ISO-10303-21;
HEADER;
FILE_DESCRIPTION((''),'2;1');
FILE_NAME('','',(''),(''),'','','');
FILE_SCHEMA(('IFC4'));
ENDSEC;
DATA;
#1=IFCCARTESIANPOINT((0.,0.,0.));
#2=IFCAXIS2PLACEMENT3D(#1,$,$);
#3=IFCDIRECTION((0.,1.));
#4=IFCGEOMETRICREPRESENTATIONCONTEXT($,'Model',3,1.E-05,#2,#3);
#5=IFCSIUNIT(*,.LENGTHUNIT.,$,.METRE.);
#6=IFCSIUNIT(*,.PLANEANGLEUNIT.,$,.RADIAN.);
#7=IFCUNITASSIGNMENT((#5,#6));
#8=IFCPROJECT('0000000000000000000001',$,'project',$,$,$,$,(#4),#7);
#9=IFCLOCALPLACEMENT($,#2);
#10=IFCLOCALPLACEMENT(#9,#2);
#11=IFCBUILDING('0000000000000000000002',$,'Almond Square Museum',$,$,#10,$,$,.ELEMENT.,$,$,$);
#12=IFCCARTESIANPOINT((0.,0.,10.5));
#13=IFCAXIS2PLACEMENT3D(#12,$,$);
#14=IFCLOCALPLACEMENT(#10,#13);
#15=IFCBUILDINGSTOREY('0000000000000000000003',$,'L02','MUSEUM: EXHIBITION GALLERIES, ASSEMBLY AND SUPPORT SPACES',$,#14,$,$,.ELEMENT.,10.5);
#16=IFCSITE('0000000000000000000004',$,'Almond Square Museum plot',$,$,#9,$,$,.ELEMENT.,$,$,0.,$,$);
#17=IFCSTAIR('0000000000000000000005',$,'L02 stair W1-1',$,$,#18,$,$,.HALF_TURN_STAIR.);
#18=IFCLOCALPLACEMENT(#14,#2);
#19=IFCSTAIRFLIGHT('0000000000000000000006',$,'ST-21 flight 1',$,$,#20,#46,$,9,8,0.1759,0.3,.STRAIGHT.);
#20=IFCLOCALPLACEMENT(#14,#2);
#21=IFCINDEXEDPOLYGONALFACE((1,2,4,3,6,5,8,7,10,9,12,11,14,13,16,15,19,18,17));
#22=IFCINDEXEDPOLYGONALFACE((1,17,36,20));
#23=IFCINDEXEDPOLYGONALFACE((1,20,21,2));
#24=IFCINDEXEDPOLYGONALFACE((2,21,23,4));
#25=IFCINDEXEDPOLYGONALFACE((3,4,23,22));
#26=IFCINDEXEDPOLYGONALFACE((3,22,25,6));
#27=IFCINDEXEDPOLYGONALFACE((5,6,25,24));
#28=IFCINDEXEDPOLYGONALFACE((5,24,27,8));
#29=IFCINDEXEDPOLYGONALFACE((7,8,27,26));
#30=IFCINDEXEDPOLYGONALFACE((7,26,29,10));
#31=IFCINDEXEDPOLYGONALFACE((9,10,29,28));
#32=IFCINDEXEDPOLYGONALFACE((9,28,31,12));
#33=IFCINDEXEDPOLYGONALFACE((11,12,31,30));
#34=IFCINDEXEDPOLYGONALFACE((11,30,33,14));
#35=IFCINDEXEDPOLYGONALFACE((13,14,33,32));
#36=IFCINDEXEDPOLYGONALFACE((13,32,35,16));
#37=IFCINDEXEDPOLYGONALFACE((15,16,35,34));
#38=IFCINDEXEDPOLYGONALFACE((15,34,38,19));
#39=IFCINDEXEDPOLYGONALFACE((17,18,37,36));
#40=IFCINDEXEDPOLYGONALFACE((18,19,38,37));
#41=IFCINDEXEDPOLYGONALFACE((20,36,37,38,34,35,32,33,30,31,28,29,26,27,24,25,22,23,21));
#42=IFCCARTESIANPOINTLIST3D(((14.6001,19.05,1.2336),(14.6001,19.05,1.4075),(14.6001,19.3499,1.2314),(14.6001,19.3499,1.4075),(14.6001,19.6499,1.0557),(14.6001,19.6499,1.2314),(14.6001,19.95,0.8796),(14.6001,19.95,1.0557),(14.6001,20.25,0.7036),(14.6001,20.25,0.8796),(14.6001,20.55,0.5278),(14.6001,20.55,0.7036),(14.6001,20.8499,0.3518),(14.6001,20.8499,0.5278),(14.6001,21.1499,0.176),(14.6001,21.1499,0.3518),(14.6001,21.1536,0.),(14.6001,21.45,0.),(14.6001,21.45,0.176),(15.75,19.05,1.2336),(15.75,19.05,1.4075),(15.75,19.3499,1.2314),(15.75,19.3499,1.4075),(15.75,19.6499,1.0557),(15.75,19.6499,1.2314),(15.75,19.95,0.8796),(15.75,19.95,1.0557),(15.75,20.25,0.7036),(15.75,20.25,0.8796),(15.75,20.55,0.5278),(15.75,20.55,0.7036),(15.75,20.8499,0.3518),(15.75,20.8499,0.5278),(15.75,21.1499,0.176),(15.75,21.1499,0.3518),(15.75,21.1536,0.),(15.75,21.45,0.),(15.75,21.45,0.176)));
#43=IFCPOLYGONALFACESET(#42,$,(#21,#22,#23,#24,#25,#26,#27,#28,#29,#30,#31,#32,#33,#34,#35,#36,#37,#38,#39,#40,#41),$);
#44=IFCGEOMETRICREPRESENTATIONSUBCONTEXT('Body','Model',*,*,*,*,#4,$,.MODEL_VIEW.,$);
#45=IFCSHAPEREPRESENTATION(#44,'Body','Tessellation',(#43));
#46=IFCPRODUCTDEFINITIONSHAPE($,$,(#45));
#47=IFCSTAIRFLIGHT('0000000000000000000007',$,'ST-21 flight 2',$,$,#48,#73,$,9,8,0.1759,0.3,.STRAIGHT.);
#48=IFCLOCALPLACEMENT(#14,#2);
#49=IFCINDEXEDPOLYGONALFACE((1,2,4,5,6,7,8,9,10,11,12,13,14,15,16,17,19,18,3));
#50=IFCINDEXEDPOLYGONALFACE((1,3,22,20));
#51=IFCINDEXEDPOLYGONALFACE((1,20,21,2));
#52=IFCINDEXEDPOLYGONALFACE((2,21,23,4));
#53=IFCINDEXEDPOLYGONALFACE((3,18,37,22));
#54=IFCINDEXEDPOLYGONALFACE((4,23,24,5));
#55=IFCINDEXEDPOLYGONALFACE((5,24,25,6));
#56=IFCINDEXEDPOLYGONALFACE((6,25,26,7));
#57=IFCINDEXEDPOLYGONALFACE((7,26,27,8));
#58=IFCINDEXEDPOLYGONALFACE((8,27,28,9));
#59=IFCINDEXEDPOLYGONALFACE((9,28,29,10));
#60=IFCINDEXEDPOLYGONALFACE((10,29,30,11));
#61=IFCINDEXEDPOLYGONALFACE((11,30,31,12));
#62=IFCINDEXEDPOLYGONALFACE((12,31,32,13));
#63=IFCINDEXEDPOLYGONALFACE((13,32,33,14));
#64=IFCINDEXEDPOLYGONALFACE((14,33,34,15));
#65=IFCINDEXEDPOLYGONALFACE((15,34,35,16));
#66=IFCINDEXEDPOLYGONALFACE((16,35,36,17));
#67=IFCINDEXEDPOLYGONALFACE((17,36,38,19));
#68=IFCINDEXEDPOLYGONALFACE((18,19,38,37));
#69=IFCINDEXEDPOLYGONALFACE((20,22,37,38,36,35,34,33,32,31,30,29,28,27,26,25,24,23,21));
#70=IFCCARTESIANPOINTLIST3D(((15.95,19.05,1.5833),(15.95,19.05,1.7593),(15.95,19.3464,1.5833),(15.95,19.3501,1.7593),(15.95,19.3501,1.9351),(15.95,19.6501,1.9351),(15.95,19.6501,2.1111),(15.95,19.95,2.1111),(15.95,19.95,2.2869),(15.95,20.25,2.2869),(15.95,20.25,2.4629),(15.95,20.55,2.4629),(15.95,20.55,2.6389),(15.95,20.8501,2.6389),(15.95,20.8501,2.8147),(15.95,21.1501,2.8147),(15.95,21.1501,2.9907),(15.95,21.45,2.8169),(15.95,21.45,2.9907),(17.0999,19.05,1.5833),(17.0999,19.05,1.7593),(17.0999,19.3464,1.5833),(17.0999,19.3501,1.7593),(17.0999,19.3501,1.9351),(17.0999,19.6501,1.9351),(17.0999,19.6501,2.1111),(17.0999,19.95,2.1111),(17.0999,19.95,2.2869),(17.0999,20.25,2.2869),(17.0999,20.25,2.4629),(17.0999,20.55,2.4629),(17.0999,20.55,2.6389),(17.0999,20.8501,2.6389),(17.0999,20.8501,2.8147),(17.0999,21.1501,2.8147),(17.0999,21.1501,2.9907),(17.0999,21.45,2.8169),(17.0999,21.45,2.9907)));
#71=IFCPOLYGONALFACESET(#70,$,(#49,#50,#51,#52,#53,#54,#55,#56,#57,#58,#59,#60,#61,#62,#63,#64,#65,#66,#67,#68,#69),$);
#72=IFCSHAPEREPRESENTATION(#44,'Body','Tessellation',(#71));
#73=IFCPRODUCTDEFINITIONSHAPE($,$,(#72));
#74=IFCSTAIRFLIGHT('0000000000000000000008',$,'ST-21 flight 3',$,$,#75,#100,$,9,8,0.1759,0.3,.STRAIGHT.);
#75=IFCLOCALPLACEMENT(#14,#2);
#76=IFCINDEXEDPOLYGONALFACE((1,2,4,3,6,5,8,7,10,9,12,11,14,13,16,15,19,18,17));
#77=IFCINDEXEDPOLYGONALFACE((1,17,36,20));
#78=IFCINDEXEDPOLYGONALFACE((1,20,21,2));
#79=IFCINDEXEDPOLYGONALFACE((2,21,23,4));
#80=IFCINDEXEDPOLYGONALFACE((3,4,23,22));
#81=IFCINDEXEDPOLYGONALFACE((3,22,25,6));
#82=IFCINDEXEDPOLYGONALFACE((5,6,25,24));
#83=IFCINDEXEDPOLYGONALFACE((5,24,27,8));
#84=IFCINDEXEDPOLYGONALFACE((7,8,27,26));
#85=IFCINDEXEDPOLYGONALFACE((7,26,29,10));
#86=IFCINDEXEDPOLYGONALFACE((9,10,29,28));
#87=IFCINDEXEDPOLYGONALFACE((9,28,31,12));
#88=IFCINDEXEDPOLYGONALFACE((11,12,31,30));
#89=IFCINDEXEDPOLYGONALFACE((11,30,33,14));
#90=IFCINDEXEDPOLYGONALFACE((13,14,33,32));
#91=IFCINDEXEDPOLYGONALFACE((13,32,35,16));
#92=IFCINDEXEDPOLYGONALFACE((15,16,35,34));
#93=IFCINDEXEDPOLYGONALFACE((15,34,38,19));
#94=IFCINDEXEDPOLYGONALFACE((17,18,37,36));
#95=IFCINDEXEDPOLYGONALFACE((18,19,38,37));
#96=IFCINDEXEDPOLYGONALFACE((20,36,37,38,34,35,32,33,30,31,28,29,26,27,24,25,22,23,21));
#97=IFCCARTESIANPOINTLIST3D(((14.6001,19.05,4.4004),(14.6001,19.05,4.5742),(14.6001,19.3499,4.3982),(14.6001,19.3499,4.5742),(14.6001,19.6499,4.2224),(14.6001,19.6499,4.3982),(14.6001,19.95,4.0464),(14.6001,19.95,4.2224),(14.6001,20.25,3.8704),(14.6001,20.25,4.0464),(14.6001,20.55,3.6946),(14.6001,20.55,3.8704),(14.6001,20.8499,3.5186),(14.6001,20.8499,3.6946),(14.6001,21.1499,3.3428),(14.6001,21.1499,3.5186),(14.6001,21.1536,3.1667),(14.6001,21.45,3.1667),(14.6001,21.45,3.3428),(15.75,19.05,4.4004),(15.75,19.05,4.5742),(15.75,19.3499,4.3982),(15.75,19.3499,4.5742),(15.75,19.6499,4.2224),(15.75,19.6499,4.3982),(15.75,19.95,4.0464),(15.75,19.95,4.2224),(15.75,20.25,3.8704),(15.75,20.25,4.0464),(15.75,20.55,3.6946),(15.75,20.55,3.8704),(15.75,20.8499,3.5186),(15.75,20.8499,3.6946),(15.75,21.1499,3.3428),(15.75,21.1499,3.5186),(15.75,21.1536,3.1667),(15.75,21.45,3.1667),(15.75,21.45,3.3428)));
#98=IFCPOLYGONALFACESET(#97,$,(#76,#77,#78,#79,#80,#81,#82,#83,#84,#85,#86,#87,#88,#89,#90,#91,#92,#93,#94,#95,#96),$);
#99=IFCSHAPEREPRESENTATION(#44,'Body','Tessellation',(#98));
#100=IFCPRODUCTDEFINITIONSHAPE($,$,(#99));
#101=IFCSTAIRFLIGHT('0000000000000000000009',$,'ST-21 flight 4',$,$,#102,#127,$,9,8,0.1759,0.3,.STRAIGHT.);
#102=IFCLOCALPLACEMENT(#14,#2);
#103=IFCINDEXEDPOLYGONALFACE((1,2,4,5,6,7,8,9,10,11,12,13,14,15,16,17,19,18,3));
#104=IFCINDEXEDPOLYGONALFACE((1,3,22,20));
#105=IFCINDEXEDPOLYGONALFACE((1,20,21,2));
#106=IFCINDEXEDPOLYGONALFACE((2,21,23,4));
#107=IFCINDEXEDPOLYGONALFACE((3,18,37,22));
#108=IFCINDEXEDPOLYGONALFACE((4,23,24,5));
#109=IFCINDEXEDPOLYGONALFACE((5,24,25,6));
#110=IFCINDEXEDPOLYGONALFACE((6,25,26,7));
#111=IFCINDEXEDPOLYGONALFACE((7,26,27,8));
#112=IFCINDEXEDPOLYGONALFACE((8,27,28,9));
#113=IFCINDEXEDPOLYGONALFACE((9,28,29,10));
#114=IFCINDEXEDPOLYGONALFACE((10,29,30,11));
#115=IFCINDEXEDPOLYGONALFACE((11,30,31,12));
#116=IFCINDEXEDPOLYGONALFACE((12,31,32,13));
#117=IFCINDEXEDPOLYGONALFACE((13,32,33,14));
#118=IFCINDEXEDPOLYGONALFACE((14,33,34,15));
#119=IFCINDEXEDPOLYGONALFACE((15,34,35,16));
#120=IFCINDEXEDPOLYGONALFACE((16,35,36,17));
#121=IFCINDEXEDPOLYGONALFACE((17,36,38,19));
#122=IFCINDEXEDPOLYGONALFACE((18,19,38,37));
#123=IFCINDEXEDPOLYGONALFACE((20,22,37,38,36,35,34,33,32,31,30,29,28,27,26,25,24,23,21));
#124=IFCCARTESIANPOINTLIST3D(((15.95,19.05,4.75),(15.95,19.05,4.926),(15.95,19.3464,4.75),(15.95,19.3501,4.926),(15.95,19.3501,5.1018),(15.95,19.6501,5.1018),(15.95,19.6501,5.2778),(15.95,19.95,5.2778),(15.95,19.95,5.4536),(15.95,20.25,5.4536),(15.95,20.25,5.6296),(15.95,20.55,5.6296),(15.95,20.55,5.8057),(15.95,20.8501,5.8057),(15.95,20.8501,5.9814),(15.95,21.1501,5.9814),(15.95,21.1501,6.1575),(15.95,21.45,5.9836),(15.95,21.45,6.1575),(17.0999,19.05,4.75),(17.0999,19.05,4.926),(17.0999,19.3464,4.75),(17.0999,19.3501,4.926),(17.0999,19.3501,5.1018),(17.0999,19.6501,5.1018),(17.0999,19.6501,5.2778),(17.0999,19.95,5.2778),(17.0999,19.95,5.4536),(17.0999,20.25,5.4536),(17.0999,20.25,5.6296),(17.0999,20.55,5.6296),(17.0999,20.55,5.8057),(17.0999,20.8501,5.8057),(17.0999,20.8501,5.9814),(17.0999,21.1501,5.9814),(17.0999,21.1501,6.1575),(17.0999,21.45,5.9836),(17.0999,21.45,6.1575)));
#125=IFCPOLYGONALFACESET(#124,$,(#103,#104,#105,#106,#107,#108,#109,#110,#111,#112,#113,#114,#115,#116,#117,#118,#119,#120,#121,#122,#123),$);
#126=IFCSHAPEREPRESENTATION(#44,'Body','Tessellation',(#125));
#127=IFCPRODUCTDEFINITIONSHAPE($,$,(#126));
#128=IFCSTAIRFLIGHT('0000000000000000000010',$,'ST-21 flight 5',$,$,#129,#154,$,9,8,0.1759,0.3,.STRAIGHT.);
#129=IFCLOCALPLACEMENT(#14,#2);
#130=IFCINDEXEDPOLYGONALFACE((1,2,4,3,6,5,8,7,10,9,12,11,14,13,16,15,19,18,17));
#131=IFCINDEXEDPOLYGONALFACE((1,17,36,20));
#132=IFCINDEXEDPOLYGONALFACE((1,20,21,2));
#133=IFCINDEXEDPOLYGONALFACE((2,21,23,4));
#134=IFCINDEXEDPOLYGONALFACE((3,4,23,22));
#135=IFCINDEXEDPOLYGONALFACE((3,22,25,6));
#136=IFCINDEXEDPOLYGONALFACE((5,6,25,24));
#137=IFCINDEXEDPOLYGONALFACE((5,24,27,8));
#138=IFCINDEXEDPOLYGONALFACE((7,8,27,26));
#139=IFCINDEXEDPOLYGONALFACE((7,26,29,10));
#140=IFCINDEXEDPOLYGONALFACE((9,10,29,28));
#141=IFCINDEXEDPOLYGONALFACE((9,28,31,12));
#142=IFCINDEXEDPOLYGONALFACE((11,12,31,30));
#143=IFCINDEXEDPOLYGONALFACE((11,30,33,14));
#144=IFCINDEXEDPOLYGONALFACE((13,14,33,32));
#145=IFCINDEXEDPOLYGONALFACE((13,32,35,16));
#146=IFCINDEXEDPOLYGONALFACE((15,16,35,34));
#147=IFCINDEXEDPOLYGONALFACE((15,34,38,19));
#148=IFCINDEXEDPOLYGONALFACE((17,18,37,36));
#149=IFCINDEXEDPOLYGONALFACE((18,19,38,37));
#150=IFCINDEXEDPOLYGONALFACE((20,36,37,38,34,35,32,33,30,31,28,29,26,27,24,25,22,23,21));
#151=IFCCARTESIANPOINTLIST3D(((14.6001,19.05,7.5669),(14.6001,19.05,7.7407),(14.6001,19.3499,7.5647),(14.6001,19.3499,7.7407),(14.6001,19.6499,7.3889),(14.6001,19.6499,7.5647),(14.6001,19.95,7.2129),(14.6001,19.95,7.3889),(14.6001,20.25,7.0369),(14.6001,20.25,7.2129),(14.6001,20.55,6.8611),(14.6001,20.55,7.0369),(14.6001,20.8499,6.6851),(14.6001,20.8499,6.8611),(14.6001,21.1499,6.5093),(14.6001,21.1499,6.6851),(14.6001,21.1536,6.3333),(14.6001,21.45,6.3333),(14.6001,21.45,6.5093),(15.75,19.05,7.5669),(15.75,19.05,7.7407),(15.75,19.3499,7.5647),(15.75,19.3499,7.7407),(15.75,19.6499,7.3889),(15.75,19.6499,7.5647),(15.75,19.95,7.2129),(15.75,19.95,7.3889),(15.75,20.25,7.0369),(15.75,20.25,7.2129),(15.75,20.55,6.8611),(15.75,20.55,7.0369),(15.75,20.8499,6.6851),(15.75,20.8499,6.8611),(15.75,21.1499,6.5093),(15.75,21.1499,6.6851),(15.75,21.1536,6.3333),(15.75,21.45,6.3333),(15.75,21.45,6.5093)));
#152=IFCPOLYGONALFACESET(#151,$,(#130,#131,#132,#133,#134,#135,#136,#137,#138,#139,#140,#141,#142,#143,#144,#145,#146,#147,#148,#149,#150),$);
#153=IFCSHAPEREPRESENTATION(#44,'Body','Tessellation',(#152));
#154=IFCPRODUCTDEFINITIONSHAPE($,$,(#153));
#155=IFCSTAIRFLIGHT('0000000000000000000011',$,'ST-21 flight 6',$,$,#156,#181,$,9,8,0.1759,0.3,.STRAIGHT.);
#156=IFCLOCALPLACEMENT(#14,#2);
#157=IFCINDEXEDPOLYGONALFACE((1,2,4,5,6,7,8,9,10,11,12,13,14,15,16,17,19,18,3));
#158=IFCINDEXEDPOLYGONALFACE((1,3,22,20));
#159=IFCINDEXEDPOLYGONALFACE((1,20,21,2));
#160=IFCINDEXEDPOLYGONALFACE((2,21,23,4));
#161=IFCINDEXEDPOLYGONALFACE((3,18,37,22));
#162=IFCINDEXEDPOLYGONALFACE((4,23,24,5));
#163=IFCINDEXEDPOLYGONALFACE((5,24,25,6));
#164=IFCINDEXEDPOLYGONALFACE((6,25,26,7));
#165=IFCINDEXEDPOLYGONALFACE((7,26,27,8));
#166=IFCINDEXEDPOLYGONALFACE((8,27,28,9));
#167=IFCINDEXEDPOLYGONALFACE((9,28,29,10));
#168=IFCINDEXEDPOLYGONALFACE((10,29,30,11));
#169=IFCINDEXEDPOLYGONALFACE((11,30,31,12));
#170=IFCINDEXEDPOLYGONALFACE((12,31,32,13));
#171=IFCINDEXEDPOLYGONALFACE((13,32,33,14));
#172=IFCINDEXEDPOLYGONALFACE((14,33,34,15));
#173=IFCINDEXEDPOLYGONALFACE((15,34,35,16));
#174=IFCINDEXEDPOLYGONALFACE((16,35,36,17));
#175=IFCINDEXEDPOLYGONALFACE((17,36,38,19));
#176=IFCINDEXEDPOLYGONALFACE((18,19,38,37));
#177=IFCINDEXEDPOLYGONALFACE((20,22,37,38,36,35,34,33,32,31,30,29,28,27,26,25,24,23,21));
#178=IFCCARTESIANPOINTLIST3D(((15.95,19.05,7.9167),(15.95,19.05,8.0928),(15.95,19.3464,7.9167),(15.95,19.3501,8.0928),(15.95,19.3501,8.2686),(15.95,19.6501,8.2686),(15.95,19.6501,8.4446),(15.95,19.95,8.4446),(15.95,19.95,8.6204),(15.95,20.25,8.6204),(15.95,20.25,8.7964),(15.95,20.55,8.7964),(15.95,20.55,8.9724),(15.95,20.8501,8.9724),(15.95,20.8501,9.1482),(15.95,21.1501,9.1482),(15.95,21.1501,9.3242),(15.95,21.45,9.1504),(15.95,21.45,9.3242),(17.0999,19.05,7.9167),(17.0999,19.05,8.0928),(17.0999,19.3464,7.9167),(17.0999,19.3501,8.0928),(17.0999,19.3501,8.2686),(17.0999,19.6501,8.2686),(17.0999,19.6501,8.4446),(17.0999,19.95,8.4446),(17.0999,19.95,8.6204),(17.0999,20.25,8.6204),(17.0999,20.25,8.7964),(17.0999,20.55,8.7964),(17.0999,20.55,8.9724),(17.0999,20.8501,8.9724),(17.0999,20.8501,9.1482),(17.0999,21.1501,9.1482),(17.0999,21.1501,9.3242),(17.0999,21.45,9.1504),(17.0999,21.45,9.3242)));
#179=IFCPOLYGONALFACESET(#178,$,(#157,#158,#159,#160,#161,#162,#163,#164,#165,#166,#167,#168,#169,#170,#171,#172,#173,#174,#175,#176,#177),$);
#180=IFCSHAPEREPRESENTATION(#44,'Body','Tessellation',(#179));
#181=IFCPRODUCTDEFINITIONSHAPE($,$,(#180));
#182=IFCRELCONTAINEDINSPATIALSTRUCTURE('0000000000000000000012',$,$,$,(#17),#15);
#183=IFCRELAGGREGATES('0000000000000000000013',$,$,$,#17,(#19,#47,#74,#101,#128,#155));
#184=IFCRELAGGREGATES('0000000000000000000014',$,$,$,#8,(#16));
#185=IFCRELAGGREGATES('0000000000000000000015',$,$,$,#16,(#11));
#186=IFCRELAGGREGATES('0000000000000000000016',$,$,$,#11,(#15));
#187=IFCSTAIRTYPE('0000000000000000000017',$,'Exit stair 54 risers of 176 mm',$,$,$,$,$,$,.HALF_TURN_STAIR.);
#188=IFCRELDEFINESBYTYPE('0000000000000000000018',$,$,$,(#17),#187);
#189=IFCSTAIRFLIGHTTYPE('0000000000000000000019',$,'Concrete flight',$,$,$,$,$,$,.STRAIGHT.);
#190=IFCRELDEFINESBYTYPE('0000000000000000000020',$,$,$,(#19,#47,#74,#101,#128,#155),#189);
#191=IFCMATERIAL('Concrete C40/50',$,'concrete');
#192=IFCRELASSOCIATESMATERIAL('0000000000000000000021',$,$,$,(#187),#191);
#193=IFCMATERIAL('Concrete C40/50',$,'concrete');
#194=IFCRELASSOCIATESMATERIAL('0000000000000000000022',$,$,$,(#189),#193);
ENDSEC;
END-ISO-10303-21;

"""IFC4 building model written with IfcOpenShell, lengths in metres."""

from ifc_helpers import new_model, si_unit, direction, frame, origin, place, context, subcontext, project, spatial, polyline, outline, extrude, material, type_object, element, aggregate, save


model = new_model("IFC4")

# Units and contexts
model_context = context("Model", 3, precision=1e-05, world=origin(), true_north=direction((0.0, 1.0)))
body_context = subcontext(model_context, "Body", "Model", "MODEL_VIEW")
ifc_project = project(units=[si_unit("LENGTHUNIT", "METRE"), si_unit("PLANEANGLEUNIT", "RADIAN")], contexts=[model_context])

# Site, building, storey
site_placement = place(None, origin())
site = spatial("IfcSite", under=ifc_project, at=site_placement, Name="Almond Square Museum plot", CompositionType="ELEMENT", RefElevation=0.0)
building_placement = place(site_placement, origin())
building = spatial("IfcBuilding", under=site, at=building_placement, Name="Almond Square Museum", CompositionType="ELEMENT")
storey_placement = place(building_placement, frame((0.0, 0.0, 10.5)))
storey = spatial("IfcBuildingStorey", under=building, at=storey_placement, Name="L02", Description="MUSEUM: EXHIBITION GALLERIES, ASSEMBLY AND SUPPORT SPACES", CompositionType="ELEMENT", Elevation=10.5)

# Stair, stair flights
ifc_material_1 = material(Name="Concrete C40/50", Category="concrete")
stair_type = type_object("IfcStairType", Name="Exit stair 54 risers of 176 mm", PredefinedType="HALF_TURN_STAIR", material=ifc_material_1)
stair_placement = place(storey_placement, origin())
stair = element("IfcStair", 1, at=stair_placement, inside=storey, type_object=stair_type, Name="L02 stair W1-1", PredefinedType="HALF_TURN_STAIR")
ifc_material_2 = material(Name="Concrete C40/50", Category="concrete")
stair_flight_type = type_object("IfcStairFlightType", Name="Concrete flight", PredefinedType="STRAIGHT", material=ifc_material_2)
stair_flight_1_placement = place(storey_placement, frame((15.175, 21.45, 0.0), z_axis=(0.0, 0.0, 1.0), x_axis=(0.0, -1.0, 0.0)))
stair_flight_1 = element("IfcStairFlight", 2, at=stair_flight_1_placement, type_object=stair_flight_type, Name="ST-21 flight 1", NumberOfRisers=9, NumberOfTreads=8, PredefinedType="STRAIGHT", RiserHeight=0.1759, TreadLength=0.3, context=body_context, shape_type="SweptSolid", body=[
    extrude(outline(polyline([(0.0, 0.0), (0.0, 0.176), (0.3, 0.176), (0.3, 0.3518), (0.6001, 0.3518), (0.6001, 0.5278), (0.8999, 0.5278), (0.8999, 0.7036), (1.2, 0.7036), (1.2, 0.8796), (1.5, 0.8796), (1.5, 1.0557), (1.8, 1.0557), (1.8, 1.2314), (2.1001, 1.2314), (2.1001, 1.4075), (2.3999, 1.4075), (2.3999, 1.5833), (2.3999, 1.2336), (0.2964, 0.0), (0.0, 0.0)])), frame((0.0, 0.575, 0.0), z_axis=(0.0, -1.0, 0.0), x_axis=(1.0, 0.0, 0.0)), (0.0, 0.0, 1.0), 1.1499),
])
stair_flight_2_placement = place(storey_placement, frame((16.5249, 19.05, 1.5833), z_axis=(0.0, 0.0, 1.0), x_axis=(0.0, 1.0, 0.0)))
stair_flight_2 = element("IfcStairFlight", 3, at=stair_flight_2_placement, type_object=stair_flight_type, Name="ST-21 flight 2", NumberOfRisers=9, NumberOfTreads=8, PredefinedType="STRAIGHT", RiserHeight=0.1759, TreadLength=0.3, context=body_context, shape_type="SweptSolid", body=[
    extrude(outline(polyline([(0.0, 0.0), (0.0, 0.176), (0.3, 0.176), (0.3, 0.3518), (0.6001, 0.3518), (0.6001, 0.5278), (0.8999, 0.5278), (0.8999, 0.7036), (1.2, 0.7036), (1.2, 0.8796), (1.5, 0.8796), (1.5, 1.0557), (1.8, 1.0557), (1.8, 1.2314), (2.1001, 1.2314), (2.1001, 1.4075), (2.3999, 1.4075), (2.3999, 1.5833), (2.3999, 1.2336), (0.2964, 0.0), (0.0, 0.0)])), frame((0.0, 0.575, 0.0), z_axis=(0.0, -1.0, 0.0), x_axis=(1.0, 0.0, 0.0)), (0.0, 0.0, 1.0), 1.1499),
])
stair_flight_3_placement = place(storey_placement, frame((15.175, 21.45, 3.1667), z_axis=(0.0, 0.0, 1.0), x_axis=(0.0, -1.0, 0.0)))
stair_flight_3 = element("IfcStairFlight", 4, at=stair_flight_3_placement, type_object=stair_flight_type, Name="ST-21 flight 3", NumberOfRisers=9, NumberOfTreads=8, PredefinedType="STRAIGHT", RiserHeight=0.1759, TreadLength=0.3, context=body_context, shape_type="SweptSolid", body=[
    extrude(outline(polyline([(0.0, 0.0), (0.0, 0.176), (0.3, 0.176), (0.3, 0.3518), (0.6001, 0.3518), (0.6001, 0.5278), (0.8999, 0.5278), (0.8999, 0.7036), (1.2, 0.7036), (1.2, 0.8796), (1.5, 0.8796), (1.5, 1.0557), (1.8, 1.0557), (1.8, 1.2314), (2.1001, 1.2314), (2.1001, 1.4075), (2.3999, 1.4075), (2.3999, 1.5833), (2.3999, 1.2336), (0.2964, 0.0), (0.0, 0.0)])), frame((0.0, 0.575, 0.0), z_axis=(0.0, -1.0, 0.0), x_axis=(1.0, 0.0, 0.0)), (0.0, 0.0, 1.0), 1.1499),
])
stair_flight_4_placement = place(storey_placement, frame((16.5249, 19.05, 4.75), z_axis=(0.0, 0.0, 1.0), x_axis=(0.0, 1.0, 0.0)))
stair_flight_4 = element("IfcStairFlight", 5, at=stair_flight_4_placement, type_object=stair_flight_type, Name="ST-21 flight 4", NumberOfRisers=9, NumberOfTreads=8, PredefinedType="STRAIGHT", RiserHeight=0.1759, TreadLength=0.3, context=body_context, shape_type="SweptSolid", body=[
    extrude(outline(polyline([(0.0, 0.0), (0.0, 0.176), (0.3, 0.176), (0.3, 0.3518), (0.6001, 0.3518), (0.6001, 0.5278), (0.8999, 0.5278), (0.8999, 0.7036), (1.2, 0.7036), (1.2, 0.8796), (1.5, 0.8796), (1.5, 1.0557), (1.8, 1.0557), (1.8, 1.2314), (2.1001, 1.2314), (2.1001, 1.4075), (2.3999, 1.4075), (2.3999, 1.5833), (2.3999, 1.2336), (0.2964, 0.0), (0.0, 0.0)])), frame((0.0, 0.575, 0.0), z_axis=(0.0, -1.0, 0.0), x_axis=(1.0, 0.0, 0.0)), (0.0, 0.0, 1.0), 1.1499),
])
stair_flight_5_placement = place(storey_placement, frame((15.175, 21.45, 6.3333), z_axis=(0.0, 0.0, 1.0), x_axis=(0.0, -1.0, 0.0)))
stair_flight_5 = element("IfcStairFlight", 6, at=stair_flight_5_placement, type_object=stair_flight_type, Name="ST-21 flight 5", NumberOfRisers=9, NumberOfTreads=8, PredefinedType="STRAIGHT", RiserHeight=0.1759, TreadLength=0.3, context=body_context, shape_type="SweptSolid", body=[
    extrude(outline(polyline([(0.0, 0.0), (0.0, 0.176), (0.3, 0.176), (0.3, 0.3518), (0.6001, 0.3518), (0.6001, 0.5278), (0.8999, 0.5278), (0.8999, 0.7036), (1.2, 0.7036), (1.2, 0.8796), (1.5, 0.8796), (1.5, 1.0557), (1.8, 1.0557), (1.8, 1.2314), (2.1001, 1.2314), (2.1001, 1.4075), (2.3999, 1.4075), (2.3999, 1.5833), (2.3999, 1.2336), (0.2964, 0.0), (0.0, 0.0)])), frame((0.0, 0.575, 0.0), z_axis=(0.0, -1.0, 0.0), x_axis=(1.0, 0.0, 0.0)), (0.0, 0.0, 1.0), 1.1499),
])
stair_flight_6_placement = place(storey_placement, frame((16.5249, 19.05, 7.9167), z_axis=(0.0, 0.0, 1.0), x_axis=(0.0, 1.0, 0.0)))
stair_flight_6 = element("IfcStairFlight", 7, at=stair_flight_6_placement, type_object=stair_flight_type, Name="ST-21 flight 6", NumberOfRisers=9, NumberOfTreads=8, PredefinedType="STRAIGHT", RiserHeight=0.1759, TreadLength=0.3, context=body_context, shape_type="SweptSolid", body=[
    extrude(outline(polyline([(0.0, 0.0), (0.0, 0.176), (0.3, 0.176), (0.3, 0.3518), (0.6001, 0.3518), (0.6001, 0.5278), (0.8999, 0.5278), (0.8999, 0.7036), (1.2, 0.7036), (1.2, 0.8796), (1.5, 0.8796), (1.5, 1.0557), (1.8, 1.0557), (1.8, 1.2314), (2.1001, 1.2314), (2.1001, 1.4075), (2.3999, 1.4075), (2.3999, 1.5833), (2.3999, 1.2336), (0.2964, 0.0), (0.0, 0.0)])), frame((0.0, 0.575, 0.0), z_axis=(0.0, -1.0, 0.0), x_axis=(1.0, 0.0, 0.0)), (0.0, 0.0, 1.0), 1.1499),
])
aggregate(stair, [stair_flight_1, stair_flight_2, stair_flight_3, stair_flight_4, stair_flight_5, stair_flight_6])

save(model, "model.ifc")
